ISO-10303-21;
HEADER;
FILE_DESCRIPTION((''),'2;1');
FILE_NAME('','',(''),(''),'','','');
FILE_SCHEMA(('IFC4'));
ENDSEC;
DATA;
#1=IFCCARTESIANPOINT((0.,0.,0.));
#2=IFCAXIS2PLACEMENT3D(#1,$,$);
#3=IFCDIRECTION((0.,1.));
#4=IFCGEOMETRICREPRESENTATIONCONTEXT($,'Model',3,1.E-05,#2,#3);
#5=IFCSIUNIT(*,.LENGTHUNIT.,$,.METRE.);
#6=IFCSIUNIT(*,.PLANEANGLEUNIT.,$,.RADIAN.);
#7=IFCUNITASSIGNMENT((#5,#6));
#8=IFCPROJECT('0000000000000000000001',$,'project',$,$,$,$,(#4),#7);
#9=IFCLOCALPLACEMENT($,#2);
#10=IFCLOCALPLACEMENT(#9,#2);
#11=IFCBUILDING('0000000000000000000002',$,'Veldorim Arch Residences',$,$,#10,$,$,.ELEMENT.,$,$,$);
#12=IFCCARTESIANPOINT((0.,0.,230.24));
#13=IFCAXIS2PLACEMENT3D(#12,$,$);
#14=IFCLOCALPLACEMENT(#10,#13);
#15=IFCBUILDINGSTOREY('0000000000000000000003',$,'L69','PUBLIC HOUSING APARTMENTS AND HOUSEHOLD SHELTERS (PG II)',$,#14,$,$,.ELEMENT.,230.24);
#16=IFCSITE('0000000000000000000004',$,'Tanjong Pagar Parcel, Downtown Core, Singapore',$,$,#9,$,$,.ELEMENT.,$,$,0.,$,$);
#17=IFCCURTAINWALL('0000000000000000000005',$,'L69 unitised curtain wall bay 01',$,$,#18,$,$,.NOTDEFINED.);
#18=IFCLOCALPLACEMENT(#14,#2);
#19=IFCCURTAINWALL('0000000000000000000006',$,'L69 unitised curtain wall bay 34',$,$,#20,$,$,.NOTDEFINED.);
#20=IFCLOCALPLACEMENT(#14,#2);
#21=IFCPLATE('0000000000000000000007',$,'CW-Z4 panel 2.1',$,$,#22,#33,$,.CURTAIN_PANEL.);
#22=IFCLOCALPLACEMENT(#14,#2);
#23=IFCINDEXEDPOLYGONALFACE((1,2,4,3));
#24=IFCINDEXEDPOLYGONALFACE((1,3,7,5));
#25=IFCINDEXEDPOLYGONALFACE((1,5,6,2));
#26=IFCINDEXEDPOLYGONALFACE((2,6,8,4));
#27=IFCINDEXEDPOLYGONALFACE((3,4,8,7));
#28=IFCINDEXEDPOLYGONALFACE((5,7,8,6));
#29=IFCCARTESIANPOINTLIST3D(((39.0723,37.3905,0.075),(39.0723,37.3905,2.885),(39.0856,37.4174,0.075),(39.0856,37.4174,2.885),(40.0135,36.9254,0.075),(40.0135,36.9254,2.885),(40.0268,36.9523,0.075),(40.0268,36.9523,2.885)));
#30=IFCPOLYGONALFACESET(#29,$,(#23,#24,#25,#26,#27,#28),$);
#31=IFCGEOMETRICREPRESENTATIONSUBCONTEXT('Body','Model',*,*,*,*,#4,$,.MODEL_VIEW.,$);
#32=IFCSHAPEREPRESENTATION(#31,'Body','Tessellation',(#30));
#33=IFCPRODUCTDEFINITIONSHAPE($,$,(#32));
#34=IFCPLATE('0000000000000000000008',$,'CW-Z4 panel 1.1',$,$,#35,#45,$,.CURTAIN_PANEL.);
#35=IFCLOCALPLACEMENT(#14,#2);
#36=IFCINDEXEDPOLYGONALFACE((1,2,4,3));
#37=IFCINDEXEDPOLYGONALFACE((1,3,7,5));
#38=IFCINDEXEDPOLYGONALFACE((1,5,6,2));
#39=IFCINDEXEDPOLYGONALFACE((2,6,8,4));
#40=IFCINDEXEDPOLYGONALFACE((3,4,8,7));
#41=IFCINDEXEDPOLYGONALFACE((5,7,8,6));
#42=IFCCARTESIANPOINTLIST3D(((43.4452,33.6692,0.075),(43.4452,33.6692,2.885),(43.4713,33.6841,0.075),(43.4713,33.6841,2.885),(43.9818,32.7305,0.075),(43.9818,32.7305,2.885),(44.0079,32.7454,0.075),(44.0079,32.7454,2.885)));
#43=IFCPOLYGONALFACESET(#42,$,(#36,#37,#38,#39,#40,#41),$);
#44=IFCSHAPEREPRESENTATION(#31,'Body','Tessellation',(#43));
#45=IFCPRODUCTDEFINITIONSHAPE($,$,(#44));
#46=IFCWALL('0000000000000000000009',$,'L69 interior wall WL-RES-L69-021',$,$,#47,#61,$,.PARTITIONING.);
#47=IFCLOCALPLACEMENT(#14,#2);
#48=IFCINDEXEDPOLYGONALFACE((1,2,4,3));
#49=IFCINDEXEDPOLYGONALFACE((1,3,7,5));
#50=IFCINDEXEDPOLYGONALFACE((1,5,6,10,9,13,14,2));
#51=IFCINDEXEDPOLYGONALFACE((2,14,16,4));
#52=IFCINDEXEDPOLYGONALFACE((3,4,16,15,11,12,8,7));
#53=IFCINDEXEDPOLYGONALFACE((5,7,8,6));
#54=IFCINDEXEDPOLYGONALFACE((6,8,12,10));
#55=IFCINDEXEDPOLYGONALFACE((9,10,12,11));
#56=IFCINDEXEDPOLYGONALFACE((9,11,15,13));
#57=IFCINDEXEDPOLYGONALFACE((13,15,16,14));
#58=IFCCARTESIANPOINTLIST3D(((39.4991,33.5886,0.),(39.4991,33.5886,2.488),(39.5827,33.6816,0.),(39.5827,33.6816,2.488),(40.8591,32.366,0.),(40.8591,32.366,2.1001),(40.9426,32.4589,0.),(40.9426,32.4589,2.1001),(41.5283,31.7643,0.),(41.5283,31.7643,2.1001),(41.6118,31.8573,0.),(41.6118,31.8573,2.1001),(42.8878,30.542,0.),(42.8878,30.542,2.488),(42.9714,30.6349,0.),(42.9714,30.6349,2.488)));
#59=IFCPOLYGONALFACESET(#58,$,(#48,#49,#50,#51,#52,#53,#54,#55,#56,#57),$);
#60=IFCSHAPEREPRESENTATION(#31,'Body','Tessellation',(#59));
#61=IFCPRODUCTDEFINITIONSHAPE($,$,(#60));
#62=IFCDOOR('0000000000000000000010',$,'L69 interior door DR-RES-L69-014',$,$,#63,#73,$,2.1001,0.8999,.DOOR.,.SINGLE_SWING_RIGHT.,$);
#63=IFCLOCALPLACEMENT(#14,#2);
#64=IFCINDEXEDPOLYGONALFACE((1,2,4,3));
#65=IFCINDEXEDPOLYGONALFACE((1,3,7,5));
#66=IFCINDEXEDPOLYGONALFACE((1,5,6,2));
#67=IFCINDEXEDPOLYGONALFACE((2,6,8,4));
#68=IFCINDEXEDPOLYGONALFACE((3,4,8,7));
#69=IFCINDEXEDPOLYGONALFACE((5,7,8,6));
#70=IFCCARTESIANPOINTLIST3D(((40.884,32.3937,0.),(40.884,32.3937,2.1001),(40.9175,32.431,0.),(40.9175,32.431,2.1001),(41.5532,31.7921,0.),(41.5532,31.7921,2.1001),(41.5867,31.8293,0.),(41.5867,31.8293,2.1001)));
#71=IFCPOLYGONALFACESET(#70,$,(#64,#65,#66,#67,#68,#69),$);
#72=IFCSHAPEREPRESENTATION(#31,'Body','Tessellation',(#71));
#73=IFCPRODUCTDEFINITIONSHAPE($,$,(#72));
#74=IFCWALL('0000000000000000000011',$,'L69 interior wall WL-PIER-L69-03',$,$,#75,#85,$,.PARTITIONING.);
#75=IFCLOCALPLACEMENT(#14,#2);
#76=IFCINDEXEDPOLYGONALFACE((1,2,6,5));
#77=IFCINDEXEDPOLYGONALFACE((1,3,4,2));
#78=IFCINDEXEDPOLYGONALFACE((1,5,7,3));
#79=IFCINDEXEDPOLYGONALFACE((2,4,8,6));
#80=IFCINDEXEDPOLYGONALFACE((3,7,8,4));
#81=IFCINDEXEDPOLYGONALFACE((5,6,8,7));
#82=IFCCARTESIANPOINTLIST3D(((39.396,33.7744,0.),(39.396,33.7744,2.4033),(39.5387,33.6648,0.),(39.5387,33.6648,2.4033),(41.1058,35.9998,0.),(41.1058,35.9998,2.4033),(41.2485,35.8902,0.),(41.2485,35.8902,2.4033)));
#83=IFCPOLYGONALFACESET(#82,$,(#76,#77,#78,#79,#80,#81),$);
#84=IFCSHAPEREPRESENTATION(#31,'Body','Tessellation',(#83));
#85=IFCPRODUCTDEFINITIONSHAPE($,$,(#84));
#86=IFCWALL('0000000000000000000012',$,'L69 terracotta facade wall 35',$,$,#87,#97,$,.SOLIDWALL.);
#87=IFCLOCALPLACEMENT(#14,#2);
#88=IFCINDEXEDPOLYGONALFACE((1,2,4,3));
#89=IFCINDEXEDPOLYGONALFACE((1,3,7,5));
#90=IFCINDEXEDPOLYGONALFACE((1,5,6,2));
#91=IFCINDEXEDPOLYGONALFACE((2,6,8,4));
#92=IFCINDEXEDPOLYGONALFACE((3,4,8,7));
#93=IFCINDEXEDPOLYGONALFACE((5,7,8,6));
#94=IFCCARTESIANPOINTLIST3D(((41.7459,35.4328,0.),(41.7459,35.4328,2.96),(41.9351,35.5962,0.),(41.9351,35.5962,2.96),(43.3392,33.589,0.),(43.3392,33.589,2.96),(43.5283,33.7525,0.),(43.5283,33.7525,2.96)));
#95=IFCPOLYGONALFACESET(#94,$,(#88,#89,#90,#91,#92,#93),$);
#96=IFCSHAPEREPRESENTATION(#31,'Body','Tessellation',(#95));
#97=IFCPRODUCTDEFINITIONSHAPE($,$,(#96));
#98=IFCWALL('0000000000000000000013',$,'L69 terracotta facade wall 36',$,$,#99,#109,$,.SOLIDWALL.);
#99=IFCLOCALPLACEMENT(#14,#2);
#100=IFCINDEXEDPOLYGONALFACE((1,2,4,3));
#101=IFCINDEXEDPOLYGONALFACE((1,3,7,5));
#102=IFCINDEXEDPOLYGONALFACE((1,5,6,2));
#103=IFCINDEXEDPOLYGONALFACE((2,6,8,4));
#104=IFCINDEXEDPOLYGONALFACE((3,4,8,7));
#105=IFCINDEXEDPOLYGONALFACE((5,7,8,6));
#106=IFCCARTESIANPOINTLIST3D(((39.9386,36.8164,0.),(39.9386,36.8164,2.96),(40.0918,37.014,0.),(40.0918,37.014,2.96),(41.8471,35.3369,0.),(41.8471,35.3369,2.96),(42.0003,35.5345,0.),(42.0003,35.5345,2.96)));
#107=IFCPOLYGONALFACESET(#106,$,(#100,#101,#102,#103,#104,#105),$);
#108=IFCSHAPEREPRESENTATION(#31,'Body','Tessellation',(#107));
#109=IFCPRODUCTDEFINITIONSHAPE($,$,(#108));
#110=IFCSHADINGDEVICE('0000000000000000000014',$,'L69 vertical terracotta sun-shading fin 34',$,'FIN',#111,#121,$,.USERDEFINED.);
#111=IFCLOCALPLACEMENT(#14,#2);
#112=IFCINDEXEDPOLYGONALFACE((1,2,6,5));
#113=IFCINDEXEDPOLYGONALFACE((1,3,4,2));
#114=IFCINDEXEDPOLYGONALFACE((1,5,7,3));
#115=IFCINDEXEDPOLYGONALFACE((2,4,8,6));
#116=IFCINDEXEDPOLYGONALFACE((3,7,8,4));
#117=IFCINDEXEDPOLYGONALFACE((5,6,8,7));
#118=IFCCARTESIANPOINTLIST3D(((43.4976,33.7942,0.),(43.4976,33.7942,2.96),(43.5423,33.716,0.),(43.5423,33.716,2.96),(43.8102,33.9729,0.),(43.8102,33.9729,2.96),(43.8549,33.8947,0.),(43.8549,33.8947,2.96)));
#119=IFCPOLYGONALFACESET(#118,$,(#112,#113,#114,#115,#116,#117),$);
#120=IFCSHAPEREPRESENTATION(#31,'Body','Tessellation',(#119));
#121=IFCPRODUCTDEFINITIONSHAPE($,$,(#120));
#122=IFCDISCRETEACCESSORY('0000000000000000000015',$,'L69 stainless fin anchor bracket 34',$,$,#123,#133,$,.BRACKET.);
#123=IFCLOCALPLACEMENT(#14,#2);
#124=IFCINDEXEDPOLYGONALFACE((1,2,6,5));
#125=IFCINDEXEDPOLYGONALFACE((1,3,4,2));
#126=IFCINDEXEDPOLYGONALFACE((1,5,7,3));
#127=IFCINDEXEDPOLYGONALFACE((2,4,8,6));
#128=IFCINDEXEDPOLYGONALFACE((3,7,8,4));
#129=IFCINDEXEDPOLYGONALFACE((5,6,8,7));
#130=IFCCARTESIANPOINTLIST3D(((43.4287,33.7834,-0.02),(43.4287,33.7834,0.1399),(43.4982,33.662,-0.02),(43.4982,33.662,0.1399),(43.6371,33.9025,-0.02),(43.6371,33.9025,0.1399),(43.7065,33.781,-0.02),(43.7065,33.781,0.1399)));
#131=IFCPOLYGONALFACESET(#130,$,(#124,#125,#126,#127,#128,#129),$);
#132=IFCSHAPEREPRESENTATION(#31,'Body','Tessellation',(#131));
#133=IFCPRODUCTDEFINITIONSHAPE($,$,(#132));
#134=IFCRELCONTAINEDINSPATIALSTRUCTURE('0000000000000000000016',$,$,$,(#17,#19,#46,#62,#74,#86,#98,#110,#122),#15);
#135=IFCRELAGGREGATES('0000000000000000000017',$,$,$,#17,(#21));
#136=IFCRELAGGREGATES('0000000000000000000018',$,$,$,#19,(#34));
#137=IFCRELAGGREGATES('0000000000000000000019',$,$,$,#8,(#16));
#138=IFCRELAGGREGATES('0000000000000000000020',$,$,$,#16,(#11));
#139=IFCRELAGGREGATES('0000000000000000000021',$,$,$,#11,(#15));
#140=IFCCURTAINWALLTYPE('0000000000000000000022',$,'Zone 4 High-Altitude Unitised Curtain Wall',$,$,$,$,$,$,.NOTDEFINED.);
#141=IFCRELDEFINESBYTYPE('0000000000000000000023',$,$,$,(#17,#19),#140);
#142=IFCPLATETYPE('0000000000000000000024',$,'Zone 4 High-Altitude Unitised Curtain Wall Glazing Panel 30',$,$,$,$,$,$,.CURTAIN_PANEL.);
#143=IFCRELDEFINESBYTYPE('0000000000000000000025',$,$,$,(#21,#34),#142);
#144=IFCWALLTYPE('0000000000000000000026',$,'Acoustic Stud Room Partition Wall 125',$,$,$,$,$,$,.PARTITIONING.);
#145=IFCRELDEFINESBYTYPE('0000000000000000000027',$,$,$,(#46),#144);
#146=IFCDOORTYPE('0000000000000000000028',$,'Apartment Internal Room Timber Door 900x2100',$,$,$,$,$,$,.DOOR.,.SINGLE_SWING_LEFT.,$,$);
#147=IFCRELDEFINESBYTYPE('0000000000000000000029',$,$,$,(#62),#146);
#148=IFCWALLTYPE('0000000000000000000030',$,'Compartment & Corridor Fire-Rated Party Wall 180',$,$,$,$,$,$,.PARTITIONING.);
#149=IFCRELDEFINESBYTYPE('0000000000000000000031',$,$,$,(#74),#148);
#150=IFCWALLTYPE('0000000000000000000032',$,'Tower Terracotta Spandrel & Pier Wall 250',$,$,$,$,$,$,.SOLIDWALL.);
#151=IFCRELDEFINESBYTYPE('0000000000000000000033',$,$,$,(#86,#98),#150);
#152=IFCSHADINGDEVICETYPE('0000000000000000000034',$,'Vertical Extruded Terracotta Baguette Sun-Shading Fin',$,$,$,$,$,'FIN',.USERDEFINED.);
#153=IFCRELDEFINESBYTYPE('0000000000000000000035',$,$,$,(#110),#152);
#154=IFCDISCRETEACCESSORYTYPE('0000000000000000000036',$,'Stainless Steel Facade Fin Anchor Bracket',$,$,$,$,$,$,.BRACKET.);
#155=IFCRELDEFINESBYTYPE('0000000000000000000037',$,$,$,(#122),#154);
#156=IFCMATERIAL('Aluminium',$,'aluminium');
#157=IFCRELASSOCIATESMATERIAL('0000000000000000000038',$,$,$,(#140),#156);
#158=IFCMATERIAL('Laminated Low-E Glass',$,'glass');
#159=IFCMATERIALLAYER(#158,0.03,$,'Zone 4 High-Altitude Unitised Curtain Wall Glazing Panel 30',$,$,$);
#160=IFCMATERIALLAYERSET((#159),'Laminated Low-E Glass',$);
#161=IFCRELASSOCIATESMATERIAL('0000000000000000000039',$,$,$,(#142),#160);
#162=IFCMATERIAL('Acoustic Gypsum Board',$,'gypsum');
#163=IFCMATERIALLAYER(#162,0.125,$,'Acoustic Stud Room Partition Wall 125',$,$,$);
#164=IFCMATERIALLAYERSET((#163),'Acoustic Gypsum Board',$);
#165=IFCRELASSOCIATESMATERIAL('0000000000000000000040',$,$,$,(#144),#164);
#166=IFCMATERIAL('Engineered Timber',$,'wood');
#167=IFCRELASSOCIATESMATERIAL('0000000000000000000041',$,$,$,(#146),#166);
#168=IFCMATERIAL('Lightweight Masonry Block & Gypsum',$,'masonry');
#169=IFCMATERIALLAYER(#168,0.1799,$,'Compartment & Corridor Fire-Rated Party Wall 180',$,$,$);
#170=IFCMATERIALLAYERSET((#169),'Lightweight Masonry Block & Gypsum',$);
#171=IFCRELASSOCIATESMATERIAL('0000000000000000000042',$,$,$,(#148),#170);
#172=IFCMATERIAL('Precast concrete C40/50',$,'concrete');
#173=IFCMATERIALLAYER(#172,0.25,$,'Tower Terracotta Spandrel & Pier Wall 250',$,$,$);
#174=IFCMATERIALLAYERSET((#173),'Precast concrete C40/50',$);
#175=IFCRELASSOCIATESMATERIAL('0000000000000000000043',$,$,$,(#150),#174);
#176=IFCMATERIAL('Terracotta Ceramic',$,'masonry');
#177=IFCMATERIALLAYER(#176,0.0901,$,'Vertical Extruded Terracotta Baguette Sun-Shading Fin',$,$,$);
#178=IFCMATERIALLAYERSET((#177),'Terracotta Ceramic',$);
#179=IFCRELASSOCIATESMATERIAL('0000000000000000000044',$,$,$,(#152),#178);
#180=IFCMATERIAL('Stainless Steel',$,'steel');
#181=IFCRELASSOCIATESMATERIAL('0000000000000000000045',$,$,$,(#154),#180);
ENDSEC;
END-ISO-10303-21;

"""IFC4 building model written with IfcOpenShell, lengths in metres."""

from ifc_helpers import new_model, si_unit, direction, frame, frame_2d, origin, origin_2d, place, context, subcontext, project, spatial, rectangle, extrude, material, layer, layer_set, type_object, element, fill, aggregate, save


model = new_model("IFC4")

# Units and contexts
model_context = context("Model", 3, precision=1e-05, world=origin(), true_north=direction((0.0, 1.0)))
body_context = subcontext(model_context, "Body", "Model", "MODEL_VIEW")
ifc_project = project(units=[si_unit("LENGTHUNIT", "METRE"), si_unit("PLANEANGLEUNIT", "RADIAN")], contexts=[model_context])

# Site, building, storey
site_placement = place(None, origin())
site = spatial("IfcSite", under=ifc_project, at=site_placement, Name="Tanjong Pagar Parcel, Downtown Core, Singapore", CompositionType="ELEMENT", RefElevation=0.0)
building_placement = place(site_placement, origin())
building = spatial("IfcBuilding", under=site, at=building_placement, Name="Veldorim Arch Residences", CompositionType="ELEMENT")
storey_placement = place(building_placement, frame((0.0, 0.0, 230.24)))
storey = spatial("IfcBuildingStorey", under=building, at=storey_placement, Name="L69", Description="PUBLIC HOUSING APARTMENTS AND HOUSEHOLD SHELTERS (PG II)", CompositionType="ELEMENT", Elevation=230.24)

# Curtain wall
ifc_material_1 = material(Name="Aluminium", Category="aluminium")
curtain_wall_type = type_object("IfcCurtainWallType", Name="Zone 4 High-Altitude Unitised Curtain Wall", PredefinedType="NOTDEFINED", material=ifc_material_1)
curtain_wall_1_placement = place(storey_placement, origin())
curtain_wall_1 = element("IfcCurtainWall", 1, at=curtain_wall_1_placement, inside=storey, type_object=curtain_wall_type, Name="L69 unitised curtain wall bay 01", PredefinedType="NOTDEFINED")

# Curtain wall
curtain_wall_2_placement = place(storey_placement, origin())
curtain_wall_2 = element("IfcCurtainWall", 2, at=curtain_wall_2_placement, inside=storey, type_object=curtain_wall_type, Name="L69 unitised curtain wall bay 34", PredefinedType="NOTDEFINED")

# Plates
ifc_material_2 = material(Name="Laminated Low-E Glass", Category="glass")
ifc_layer_1 = layer(ifc_material_2, 0.03, Name="Zone 4 High-Altitude Unitised Curtain Wall Glazing Panel 30")
ifc_layer_set_1 = layer_set([ifc_layer_1], Name="Laminated Low-E Glass")
plate_type = type_object("IfcPlateType", Name="Zone 4 High-Altitude Unitised Curtain Wall Glazing Panel 30", PredefinedType="CURTAIN_PANEL", material=ifc_layer_set_1)
plate_1_placement = place(storey_placement, frame((39.5496, 37.1714, 0.075), z_axis=(0.0, 0.0, 1.0), x_axis=(0.896525, -0.442993, 0.0)))
plate_1 = element("IfcPlate", 3, at=plate_1_placement, type_object=plate_type, Name="CW-Z4 panel 2.1", PredefinedType="CURTAIN_PANEL", context=body_context, shape_type="SweptSolid", body=[
    extrude(rectangle(XDim=1.0498, YDim=0.03, at=origin_2d()), origin(), (0.0, 0.0, 1.0), 2.8101),
])
aggregate(curtain_wall_1, [plate_1])
plate_2_placement = place(storey_placement, frame((43.7266, 33.2073, 0.075), z_axis=(0.0, 0.0, 1.0), x_axis=(0.496274, -0.868166, 0.0)))
plate_2 = element("IfcPlate", 4, at=plate_2_placement, type_object=plate_type, Name="CW-Z4 panel 1.1", PredefinedType="CURTAIN_PANEL", context=body_context, shape_type="SweptSolid", body=[
    extrude(rectangle(XDim=1.0813, YDim=0.03, at=origin_2d()), origin(), (0.0, 0.0, 1.0), 2.8101),
])
aggregate(curtain_wall_2, [plate_2])

# Wall, opening, door
ifc_material_3 = material(Name="Acoustic Gypsum Board", Category="gypsum")
ifc_layer_2 = layer(ifc_material_3, 0.125, Name="Acoustic Stud Room Partition Wall 125")
ifc_layer_set_2 = layer_set([ifc_layer_2], Name="Acoustic Gypsum Board")
wall_type_1 = type_object("IfcWallType", Name="Acoustic Stud Room Partition Wall 125", PredefinedType="PARTITIONING", material=ifc_layer_set_2)
wall_1_placement = place(storey_placement, frame((39.541, 33.635, 0.0), z_axis=(0.0, 0.0, 1.0), x_axis=(0.74364, -0.66858, 0.0)))
wall_1 = element("IfcWall", 5, at=wall_1_placement, inside=storey, type_object=wall_type_1, Name="L69 interior wall WL-RES-L69-021", PredefinedType="PARTITIONING", context=body_context, shape_type="SweptSolid", body=[
    extrude(rectangle(XDim=4.5569, YDim=0.125, at=frame_2d((2.2783, 0.0))), origin(), (0.0, 0.0, 1.0), 2.488),
])
opening_placement = place(wall_1_placement, frame((1.8286, 0.0, 0.0)))
opening = element("IfcOpeningElement", 6, at=opening_placement, cuts=wall_1, PredefinedType="OPENING", context=body_context, shape_type="SweptSolid", body=[
    extrude(rectangle(XDim=0.8999, YDim=2.1001, at=frame_2d((0.45, 1.05))), frame((0.0, 0.0725, 0.0), z_axis=(0.0, -1.0, 0.0), x_axis=(1.0, 0.0, 0.0)), (0.0, 0.0, 1.0), 0.145),
])
ifc_material_4 = material(Name="Engineered Timber", Category="wood")
door_type = type_object("IfcDoorType", Name="Apartment Internal Room Timber Door 900x2100", OperationType="SINGLE_SWING_LEFT", PredefinedType="DOOR", material=ifc_material_4)
door_placement = place(opening_placement, origin())
door = element("IfcDoor", 7, at=door_placement, inside=storey, type_object=door_type, Name="L69 interior door DR-RES-L69-014", OperationType="SINGLE_SWING_RIGHT", OverallHeight=2.1001, OverallWidth=0.8999, PredefinedType="DOOR", context=body_context, shape_type="SweptSolid", body=[
    extrude(rectangle(XDim=0.8999, YDim=2.1001, at=frame_2d((0.45, 1.05))), frame((0.0, 0.0249, 0.0), z_axis=(0.0, -1.0, 0.0), x_axis=(1.0, 0.0, 0.0)), (0.0, 0.0, 1.0), 0.05),
])
fill(opening, door)

# Walls
ifc_material_5 = material(Name="Lightweight Masonry Block & Gypsum", Category="masonry")
ifc_layer_3 = layer(ifc_material_5, 0.1799, Name="Compartment & Corridor Fire-Rated Party Wall 180")
ifc_layer_set_3 = layer_set([ifc_layer_3], Name="Lightweight Masonry Block & Gypsum")
wall_type_2 = type_object("IfcWallType", Name="Compartment & Corridor Fire-Rated Party Wall 180", PredefinedType="PARTITIONING", material=ifc_layer_set_3)
wall_2_placement = place(storey_placement, frame((39.4673, 33.7195, 0.0), z_axis=(0.0, 0.0, 1.0), x_axis=(0.609244, 0.792983, 0.0)))
element("IfcWall", 8, at=wall_2_placement, inside=storey, type_object=wall_type_2, Name="L69 interior wall WL-PIER-L69-03", PredefinedType="PARTITIONING", context=body_context, shape_type="SweptSolid", body=[
    extrude(rectangle(XDim=2.8064, YDim=0.1799, at=frame_2d((1.4033, 0.0))), origin(), (0.0, 0.0, 1.0), 2.4033),
])
ifc_material_6 = material(Name="Precast concrete C40/50", Category="concrete")
ifc_layer_4 = layer(ifc_material_6, 0.25, Name="Tower Terracotta Spandrel & Pier Wall 250")
ifc_layer_set_4 = layer_set([ifc_layer_4], Name="Precast concrete C40/50")
wall_type_3 = type_object("IfcWallType", Name="Tower Terracotta Spandrel & Pier Wall 250", PredefinedType="SOLIDWALL", material=ifc_layer_set_4)
wall_3_placement = place(storey_placement, frame((41.8406, 35.5144, 0.0), z_axis=(0.0, 0.0, 1.0), x_axis=(0.653839, -0.756634, 0.0)))
element("IfcWall", 9, at=wall_3_placement, inside=storey, type_object=wall_type_3, Name="L69 terracotta facade wall 35", PredefinedType="SOLIDWALL", context=body_context, shape_type="SweptSolid", body=[
    extrude(rectangle(XDim=2.4368, YDim=0.25, at=frame_2d((1.2183, 0.0))), origin(), (0.0, 0.0, 1.0), 2.96),
])
wall_4_placement = place(storey_placement, frame((40.0151, 36.9153, 0.0), z_axis=(0.0, 0.0, 1.0), x_axis=(0.790326, -0.612687, 0.0)))
element("IfcWall", 10, at=wall_4_placement, inside=storey, type_object=wall_type_3, Name="L69 terracotta facade wall 36", PredefinedType="SOLIDWALL", context=body_context, shape_type="SweptSolid", body=[
    extrude(rectangle(XDim=2.4148, YDim=0.25, at=frame_2d((1.2075, 0.0))), origin(), (0.0, 0.0, 1.0), 2.96),
])

# Shading device
ifc_material_7 = material(Name="Terracotta Ceramic", Category="masonry")
ifc_layer_5 = layer(ifc_material_7, 0.0901, Name="Vertical Extruded Terracotta Baguette Sun-Shading Fin")
ifc_layer_set_5 = layer_set([ifc_layer_5], Name="Terracotta Ceramic")
shading_device_type = type_object("IfcShadingDeviceType", Name="Vertical Extruded Terracotta Baguette Sun-Shading Fin", ElementType="FIN", PredefinedType="USERDEFINED", material=ifc_layer_set_5)
shading_device_placement = place(storey_placement, frame((43.6763, 33.8445, 0.0), z_axis=(0.0, 0.0, 1.0), x_axis=(0.496217, -0.868199, 0.0)))
element("IfcShadingDevice", 11, at=shading_device_placement, inside=storey, type_object=shading_device_type, Name="L69 vertical terracotta sun-shading fin 34", ObjectType="FIN", PredefinedType="USERDEFINED", context=body_context, shape_type="SweptSolid", body=[
    extrude(rectangle(XDim=0.0901, YDim=0.3601, at=origin_2d()), origin(), (0.0, 0.0, 1.0), 2.96),
])

# Discrete accessory
ifc_material_8 = material(Name="Stainless Steel", Category="steel")
discrete_accessory_type = type_object("IfcDiscreteAccessoryType", Name="Stainless Steel Facade Fin Anchor Bracket", PredefinedType="BRACKET", material=ifc_material_8)
discrete_accessory_placement = place(storey_placement, frame((43.5676, 33.7822, -0.02), z_axis=(0.0, 0.0, 1.0), x_axis=(0.496217, -0.868199, 0.0)))
element("IfcDiscreteAccessory", 12, at=discrete_accessory_placement, inside=storey, type_object=discrete_accessory_type, Name="L69 stainless fin anchor bracket 34", PredefinedType="BRACKET", context=body_context, shape_type="SweptSolid", body=[
    extrude(rectangle(XDim=0.1399, YDim=0.24, at=origin_2d()), origin(), (0.0, 0.0, 1.0), 0.1599),
])

save(model, "model.ifc")
